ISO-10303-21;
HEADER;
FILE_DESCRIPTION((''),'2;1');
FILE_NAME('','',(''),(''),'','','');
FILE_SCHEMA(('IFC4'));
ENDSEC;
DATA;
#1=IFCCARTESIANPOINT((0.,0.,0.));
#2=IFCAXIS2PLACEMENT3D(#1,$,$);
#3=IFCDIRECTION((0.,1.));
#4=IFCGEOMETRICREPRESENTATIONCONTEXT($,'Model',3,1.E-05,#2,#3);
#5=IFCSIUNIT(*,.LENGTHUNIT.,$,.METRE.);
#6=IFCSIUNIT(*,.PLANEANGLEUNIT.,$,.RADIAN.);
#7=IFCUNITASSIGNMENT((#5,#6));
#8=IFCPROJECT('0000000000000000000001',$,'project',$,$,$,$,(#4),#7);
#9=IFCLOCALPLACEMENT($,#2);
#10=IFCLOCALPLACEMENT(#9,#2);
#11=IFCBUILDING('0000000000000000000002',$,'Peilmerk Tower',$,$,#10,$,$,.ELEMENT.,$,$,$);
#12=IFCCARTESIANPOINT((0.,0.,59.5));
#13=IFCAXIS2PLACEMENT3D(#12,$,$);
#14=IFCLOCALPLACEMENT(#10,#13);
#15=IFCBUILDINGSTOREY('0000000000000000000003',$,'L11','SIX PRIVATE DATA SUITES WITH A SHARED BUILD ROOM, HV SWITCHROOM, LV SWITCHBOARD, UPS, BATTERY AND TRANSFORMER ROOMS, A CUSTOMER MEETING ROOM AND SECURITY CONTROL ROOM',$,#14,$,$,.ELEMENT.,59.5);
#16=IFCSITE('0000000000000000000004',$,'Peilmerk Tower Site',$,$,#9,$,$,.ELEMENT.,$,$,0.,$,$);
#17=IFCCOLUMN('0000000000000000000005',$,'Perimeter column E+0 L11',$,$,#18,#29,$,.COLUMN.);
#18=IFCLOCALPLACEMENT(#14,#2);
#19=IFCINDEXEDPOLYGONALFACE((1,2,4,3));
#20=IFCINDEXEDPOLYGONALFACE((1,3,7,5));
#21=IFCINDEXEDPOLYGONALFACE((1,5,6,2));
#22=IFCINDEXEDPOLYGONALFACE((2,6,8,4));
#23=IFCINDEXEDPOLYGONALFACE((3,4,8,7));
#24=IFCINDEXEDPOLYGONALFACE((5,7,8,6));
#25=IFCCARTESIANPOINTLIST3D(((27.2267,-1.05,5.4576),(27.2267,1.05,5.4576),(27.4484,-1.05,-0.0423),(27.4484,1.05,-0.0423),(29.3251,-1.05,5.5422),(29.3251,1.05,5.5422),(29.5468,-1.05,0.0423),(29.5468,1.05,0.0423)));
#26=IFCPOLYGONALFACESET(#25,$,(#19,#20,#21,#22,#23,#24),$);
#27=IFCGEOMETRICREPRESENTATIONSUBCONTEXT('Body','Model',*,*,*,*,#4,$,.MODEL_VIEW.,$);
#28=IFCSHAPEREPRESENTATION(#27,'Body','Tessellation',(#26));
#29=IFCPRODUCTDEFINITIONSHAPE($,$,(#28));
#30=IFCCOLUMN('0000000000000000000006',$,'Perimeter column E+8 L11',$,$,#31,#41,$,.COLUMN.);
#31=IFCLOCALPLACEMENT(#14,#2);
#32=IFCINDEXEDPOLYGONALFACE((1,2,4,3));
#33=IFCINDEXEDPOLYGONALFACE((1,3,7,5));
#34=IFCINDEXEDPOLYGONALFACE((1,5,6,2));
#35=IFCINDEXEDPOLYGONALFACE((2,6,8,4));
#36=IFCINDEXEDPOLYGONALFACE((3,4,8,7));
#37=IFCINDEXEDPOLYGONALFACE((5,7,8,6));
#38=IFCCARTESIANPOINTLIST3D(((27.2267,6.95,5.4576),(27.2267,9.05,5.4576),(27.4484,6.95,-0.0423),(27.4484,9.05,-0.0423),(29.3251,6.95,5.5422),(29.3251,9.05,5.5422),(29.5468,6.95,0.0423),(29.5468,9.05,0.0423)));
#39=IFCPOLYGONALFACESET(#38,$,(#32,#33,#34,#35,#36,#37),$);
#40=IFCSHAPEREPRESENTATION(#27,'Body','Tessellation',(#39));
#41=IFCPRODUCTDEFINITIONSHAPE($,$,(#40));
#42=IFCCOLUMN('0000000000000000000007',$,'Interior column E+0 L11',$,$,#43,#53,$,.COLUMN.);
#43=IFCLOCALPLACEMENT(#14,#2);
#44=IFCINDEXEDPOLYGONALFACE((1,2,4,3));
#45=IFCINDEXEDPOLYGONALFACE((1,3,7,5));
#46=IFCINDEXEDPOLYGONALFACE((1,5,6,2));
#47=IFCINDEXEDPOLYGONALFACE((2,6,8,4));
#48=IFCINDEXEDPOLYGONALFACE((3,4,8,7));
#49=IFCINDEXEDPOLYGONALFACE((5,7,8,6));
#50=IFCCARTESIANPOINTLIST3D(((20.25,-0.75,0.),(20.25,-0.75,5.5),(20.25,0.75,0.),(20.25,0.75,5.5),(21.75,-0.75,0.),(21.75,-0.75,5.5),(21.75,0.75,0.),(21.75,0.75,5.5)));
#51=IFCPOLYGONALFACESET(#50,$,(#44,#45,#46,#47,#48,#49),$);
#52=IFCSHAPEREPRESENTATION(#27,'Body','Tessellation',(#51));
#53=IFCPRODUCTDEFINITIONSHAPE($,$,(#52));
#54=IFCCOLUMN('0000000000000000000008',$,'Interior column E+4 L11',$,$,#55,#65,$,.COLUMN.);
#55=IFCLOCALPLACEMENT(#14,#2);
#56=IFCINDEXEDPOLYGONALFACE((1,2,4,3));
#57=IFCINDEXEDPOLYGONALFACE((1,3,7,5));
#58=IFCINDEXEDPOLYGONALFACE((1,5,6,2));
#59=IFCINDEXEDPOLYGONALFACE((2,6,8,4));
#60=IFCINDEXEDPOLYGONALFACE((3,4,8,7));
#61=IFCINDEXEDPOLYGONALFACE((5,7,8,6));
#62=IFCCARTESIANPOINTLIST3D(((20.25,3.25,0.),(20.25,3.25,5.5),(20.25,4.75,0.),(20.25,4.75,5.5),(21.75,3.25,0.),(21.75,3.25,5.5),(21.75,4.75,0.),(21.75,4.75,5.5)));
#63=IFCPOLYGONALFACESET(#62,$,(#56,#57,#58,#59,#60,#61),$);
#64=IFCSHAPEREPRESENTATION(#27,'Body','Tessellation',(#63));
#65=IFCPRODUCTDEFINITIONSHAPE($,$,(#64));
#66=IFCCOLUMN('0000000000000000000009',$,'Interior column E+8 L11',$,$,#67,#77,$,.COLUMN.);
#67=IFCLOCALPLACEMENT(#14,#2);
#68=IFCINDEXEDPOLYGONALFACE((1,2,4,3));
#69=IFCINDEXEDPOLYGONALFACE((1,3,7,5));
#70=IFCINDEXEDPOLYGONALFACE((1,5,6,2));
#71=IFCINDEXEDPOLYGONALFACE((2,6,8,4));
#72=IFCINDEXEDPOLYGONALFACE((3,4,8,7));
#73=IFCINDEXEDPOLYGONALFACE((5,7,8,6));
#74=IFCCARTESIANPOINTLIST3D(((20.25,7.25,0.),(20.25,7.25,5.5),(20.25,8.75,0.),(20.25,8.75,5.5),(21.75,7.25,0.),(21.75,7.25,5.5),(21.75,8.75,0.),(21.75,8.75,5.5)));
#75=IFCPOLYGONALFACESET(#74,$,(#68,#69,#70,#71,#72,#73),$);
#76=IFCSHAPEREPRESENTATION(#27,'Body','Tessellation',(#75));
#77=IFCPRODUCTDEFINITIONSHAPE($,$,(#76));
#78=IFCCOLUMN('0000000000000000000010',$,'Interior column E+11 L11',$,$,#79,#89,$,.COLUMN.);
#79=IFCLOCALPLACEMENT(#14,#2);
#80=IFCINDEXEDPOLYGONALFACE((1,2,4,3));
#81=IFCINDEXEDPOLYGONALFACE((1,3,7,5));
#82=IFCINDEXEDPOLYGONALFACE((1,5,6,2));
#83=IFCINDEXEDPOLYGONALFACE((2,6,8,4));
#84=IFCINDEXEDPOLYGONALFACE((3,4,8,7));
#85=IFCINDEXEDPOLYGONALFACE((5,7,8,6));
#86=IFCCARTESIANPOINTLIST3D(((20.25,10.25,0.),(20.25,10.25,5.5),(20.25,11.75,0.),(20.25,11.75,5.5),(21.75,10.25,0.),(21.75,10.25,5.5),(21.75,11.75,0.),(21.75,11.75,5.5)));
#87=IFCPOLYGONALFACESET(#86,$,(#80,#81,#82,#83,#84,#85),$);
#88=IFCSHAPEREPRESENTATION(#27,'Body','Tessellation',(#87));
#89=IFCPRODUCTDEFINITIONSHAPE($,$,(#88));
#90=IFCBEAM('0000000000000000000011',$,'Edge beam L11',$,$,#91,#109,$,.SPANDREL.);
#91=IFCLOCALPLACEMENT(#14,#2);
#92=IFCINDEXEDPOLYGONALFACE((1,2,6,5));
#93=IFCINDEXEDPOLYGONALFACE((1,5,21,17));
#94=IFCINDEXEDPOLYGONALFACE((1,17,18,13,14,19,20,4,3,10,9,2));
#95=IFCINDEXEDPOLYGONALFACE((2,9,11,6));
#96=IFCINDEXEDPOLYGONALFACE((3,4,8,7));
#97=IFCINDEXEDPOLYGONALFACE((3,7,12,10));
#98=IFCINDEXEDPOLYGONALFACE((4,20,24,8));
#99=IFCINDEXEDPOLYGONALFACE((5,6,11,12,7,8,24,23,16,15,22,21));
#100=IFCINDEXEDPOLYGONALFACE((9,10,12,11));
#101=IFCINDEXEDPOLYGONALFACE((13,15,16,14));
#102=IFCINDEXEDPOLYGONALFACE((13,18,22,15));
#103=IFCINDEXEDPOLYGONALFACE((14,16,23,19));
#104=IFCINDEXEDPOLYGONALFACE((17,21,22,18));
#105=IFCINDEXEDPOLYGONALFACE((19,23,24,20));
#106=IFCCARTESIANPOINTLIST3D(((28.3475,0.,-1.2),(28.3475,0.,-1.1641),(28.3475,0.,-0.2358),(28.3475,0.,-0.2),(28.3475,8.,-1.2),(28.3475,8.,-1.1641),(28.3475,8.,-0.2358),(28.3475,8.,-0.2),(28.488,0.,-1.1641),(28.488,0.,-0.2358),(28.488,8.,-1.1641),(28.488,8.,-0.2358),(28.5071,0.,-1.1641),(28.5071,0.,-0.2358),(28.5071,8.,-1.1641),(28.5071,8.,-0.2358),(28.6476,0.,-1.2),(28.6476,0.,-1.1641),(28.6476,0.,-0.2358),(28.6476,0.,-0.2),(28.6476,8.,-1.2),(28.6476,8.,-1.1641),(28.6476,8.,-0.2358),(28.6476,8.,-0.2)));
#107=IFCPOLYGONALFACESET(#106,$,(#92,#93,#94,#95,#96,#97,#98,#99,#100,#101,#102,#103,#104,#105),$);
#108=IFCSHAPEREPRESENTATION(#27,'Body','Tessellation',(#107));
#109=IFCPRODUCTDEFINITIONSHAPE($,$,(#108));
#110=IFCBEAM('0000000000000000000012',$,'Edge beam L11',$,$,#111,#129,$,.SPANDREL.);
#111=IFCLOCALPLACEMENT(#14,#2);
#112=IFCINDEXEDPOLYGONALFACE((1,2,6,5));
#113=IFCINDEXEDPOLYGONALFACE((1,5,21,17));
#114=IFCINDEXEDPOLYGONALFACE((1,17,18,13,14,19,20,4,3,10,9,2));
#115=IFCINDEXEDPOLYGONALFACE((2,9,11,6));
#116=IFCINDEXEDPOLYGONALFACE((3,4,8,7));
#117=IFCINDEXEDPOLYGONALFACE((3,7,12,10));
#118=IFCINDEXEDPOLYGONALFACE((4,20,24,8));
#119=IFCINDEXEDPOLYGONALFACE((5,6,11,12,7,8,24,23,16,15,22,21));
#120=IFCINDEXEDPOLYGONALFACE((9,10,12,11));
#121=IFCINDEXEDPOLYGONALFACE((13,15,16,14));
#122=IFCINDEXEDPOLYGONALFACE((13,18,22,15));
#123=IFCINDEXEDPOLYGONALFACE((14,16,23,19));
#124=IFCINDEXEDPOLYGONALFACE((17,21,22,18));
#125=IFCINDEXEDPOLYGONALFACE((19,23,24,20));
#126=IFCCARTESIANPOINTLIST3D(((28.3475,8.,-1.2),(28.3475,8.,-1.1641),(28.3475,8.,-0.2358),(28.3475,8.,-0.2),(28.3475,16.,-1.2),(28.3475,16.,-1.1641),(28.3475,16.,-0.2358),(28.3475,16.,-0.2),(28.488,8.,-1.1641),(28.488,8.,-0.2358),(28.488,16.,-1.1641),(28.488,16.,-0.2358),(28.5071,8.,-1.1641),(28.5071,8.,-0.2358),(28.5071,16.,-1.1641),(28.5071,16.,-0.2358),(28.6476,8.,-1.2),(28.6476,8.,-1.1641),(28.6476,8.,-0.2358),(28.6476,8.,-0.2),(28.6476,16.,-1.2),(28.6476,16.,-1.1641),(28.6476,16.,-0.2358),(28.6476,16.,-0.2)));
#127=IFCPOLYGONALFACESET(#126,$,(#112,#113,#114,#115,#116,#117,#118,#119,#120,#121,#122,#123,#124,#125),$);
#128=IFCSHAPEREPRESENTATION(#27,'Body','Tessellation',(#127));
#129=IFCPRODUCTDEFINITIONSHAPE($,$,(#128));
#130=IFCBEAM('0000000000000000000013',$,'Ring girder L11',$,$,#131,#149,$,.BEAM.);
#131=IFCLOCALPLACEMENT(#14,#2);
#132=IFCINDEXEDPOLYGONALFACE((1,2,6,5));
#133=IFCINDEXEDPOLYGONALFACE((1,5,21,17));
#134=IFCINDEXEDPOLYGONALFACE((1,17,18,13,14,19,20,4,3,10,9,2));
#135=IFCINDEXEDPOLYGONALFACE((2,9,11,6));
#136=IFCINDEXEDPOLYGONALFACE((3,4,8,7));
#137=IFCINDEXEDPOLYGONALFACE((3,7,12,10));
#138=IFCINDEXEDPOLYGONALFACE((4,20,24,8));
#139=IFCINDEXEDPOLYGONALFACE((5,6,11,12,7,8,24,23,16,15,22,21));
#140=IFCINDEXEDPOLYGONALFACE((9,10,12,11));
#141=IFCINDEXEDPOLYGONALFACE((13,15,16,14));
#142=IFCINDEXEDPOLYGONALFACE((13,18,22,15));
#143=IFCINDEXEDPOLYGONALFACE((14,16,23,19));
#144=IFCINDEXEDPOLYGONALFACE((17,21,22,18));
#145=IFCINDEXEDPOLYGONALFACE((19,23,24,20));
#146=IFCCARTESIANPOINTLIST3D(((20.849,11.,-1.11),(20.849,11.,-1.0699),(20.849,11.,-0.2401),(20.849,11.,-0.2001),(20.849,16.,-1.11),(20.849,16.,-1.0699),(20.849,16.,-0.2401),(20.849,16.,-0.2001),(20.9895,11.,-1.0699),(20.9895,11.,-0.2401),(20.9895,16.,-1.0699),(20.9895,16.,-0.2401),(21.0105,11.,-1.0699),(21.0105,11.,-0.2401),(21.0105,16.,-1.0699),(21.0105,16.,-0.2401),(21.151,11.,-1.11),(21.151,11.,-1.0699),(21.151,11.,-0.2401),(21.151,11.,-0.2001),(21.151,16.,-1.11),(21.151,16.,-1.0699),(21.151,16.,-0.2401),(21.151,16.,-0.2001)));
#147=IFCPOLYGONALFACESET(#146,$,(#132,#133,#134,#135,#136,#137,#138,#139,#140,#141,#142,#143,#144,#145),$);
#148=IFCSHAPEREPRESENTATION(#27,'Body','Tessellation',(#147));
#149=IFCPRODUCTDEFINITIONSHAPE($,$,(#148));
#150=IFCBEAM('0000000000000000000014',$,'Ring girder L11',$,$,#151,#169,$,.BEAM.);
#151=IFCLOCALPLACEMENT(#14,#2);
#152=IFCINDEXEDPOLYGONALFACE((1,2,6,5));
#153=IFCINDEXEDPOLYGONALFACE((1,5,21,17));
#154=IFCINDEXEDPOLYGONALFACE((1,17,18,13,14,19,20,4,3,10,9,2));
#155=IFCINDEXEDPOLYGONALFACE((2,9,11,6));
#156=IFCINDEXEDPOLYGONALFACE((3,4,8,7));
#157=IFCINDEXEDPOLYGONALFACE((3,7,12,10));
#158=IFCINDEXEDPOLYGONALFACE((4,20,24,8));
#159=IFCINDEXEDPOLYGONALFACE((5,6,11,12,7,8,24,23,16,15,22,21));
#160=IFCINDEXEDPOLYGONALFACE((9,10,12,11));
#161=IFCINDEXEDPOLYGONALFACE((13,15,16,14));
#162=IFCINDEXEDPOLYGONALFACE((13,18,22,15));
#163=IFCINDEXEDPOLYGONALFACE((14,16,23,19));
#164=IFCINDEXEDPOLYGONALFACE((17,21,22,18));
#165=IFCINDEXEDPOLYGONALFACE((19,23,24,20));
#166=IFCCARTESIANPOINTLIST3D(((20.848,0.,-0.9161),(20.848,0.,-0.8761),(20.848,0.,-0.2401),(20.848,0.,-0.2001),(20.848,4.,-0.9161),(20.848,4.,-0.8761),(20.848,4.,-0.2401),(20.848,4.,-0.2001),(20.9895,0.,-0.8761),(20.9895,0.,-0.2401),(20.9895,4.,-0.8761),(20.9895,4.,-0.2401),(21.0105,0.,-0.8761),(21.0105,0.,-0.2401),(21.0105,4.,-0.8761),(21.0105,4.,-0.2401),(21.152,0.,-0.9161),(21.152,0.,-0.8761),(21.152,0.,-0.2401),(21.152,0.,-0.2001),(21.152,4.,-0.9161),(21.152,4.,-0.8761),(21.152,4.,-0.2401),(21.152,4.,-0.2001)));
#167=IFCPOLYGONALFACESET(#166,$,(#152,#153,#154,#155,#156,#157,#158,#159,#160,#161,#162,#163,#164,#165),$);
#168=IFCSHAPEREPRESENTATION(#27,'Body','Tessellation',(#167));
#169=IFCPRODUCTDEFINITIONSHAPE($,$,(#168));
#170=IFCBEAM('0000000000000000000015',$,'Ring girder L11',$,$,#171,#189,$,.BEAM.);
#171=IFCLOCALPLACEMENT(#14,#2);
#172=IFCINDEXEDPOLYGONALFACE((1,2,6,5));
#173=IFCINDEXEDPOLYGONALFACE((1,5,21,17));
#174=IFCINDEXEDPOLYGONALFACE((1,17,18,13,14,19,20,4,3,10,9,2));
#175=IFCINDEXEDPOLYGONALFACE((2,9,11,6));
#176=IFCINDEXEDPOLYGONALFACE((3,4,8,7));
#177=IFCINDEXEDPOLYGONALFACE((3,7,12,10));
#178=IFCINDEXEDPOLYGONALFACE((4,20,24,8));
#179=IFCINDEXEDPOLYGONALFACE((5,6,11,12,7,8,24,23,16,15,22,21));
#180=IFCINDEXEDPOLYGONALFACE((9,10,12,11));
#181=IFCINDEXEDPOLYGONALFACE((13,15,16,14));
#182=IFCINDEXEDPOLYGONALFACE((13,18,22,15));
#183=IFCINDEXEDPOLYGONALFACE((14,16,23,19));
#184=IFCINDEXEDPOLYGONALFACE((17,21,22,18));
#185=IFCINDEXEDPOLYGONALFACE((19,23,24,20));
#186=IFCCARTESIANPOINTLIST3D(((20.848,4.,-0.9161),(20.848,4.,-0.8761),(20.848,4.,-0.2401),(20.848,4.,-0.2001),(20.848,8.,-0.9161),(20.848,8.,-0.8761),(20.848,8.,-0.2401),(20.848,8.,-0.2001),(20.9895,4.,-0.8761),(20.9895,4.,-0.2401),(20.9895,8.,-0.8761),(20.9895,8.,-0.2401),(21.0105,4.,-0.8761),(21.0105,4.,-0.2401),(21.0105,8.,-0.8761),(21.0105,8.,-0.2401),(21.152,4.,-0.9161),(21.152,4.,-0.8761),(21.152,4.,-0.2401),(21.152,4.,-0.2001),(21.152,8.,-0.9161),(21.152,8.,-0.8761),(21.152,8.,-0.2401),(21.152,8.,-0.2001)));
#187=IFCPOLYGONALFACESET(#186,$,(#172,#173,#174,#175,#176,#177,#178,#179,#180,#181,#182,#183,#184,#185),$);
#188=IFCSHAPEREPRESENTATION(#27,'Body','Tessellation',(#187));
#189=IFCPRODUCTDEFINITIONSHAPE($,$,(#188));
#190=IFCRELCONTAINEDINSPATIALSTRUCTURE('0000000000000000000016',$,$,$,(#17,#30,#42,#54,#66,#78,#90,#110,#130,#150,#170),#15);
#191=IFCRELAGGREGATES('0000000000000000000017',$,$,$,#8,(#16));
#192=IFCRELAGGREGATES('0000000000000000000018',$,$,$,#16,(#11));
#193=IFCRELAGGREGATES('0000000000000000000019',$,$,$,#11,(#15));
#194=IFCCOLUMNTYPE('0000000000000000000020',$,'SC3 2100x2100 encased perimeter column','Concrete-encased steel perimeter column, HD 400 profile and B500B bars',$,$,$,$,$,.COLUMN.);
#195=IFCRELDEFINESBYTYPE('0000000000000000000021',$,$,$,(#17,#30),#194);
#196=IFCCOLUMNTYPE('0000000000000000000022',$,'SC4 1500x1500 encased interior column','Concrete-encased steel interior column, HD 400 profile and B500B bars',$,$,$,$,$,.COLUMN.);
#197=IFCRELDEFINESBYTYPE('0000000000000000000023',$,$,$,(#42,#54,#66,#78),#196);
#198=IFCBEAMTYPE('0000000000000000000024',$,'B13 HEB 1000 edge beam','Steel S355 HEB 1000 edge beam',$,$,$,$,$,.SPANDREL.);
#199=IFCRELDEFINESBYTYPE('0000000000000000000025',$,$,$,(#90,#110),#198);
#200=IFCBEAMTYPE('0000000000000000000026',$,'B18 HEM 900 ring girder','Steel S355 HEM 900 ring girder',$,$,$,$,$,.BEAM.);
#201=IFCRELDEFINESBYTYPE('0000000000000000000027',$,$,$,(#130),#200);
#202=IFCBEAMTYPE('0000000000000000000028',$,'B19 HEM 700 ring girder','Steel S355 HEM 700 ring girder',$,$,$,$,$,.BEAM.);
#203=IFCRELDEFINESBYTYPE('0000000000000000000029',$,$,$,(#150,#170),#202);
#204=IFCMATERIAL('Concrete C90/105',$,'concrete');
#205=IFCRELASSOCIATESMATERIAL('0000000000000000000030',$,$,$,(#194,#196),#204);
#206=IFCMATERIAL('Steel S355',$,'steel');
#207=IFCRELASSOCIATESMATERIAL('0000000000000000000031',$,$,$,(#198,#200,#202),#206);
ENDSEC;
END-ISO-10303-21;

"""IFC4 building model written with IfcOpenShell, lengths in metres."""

from ifc_helpers import new_model, si_unit, direction, frame, origin, origin_2d, place, context, subcontext, project, spatial, rectangle, i_section, extrude, material, material_profile, profile_set, type_object, element, save


model = new_model("IFC4")

# Units and contexts
model_context = context("Model", 3, precision=1e-05, world=origin(), true_north=direction((0.0, 1.0)))
body_context = subcontext(model_context, "Body", "Model", "MODEL_VIEW")
ifc_project = project(units=[si_unit("LENGTHUNIT", "METRE"), si_unit("PLANEANGLEUNIT", "RADIAN")], contexts=[model_context])

# Site, building, storey
site_placement = place(None, origin())
site = spatial("IfcSite", under=ifc_project, at=site_placement, Name="Peilmerk Tower Site", CompositionType="ELEMENT", RefElevation=0.0)
building_placement = place(site_placement, origin())
building = spatial("IfcBuilding", under=site, at=building_placement, Name="Peilmerk Tower", CompositionType="ELEMENT")
storey_placement = place(building_placement, frame((0.0, 0.0, 59.5)))
storey = spatial("IfcBuildingStorey", under=building, at=storey_placement, Name="L11", Description="SIX PRIVATE DATA SUITES WITH A SHARED BUILD ROOM, HV SWITCHROOM, LV SWITCHBOARD, UPS, BATTERY AND TRANSFORMER ROOMS, A CUSTOMER MEETING ROOM AND SECURITY CONTROL ROOM", CompositionType="ELEMENT", Elevation=59.5)

# Columns
ifc_material_1 = material(Name="Concrete C90/105", Category="concrete")
ifc_material_profile_1 = material_profile(ifc_material_1, rectangle(XDim=2.1001, YDim=2.1001, at=origin_2d()), Name="RC 2100x2100")
ifc_profile_set_1 = profile_set([ifc_material_profile_1], Name="Concrete C90/105")
column_type_1 = type_object("IfcColumnType", Name="SC3 2100x2100 encased perimeter column", Description="Concrete-encased steel perimeter column, HD 400 profile and B500B bars", PredefinedType="COLUMN", material=ifc_profile_set_1)
for number, where, z_axis, x_axis, name in (
    (1, (28.4976, 0.0, 0.0), (-0.040273, 0.0, 0.999189), (0.0, -1.0, 0.0), "Perimeter column E+0 L11"),
    (2, (28.4976, 8.0, 0.0), (-0.040273, 0.0, 0.999189), (0.0, -1.0, 0.0), "Perimeter column E+8 L11"),
):
    element("IfcColumn", number, at=place(storey_placement, frame(where, z_axis=z_axis, x_axis=x_axis)), inside=storey, type_object=column_type_1, Name=name, PredefinedType="COLUMN", context=body_context, shape_type="SweptSolid", body=[
        extrude(rectangle(XDim=2.1001, YDim=2.1001, at=origin_2d()), origin(), (0.0, 0.0, 1.0), 5.5044),
    ])
ifc_material_profile_2 = material_profile(ifc_material_1, rectangle(XDim=1.5, YDim=1.5, at=origin_2d()), Name="RC 1500x1500")
ifc_profile_set_2 = profile_set([ifc_material_profile_2], Name="Concrete C90/105")
column_type_2 = type_object("IfcColumnType", Name="SC4 1500x1500 encased interior column", Description="Concrete-encased steel interior column, HD 400 profile and B500B bars", PredefinedType="COLUMN", material=ifc_profile_set_2)
for number, where, z_axis, x_axis, name in (
    (3, (21.0, 0.0, 0.0), (0.0, 0.0, 1.0), (1.0, 0.0, 0.0), "Interior column E+0 L11"),
    (4, (21.0, 4.0, 0.0), (0.0, 0.0, 1.0), (1.0, 0.0, 0.0), "Interior column E+4 L11"),
    (5, (21.0, 8.0, 0.0), (0.0, 0.0, 1.0), (1.0, 0.0, 0.0), "Interior column E+8 L11"),
    (6, (21.0, 11.0, 0.0), (0.0, 0.0, 1.0), (1.0, 0.0, 0.0), "Interior column E+11 L11"),
):
    element("IfcColumn", number, at=place(storey_placement, frame(where, z_axis=z_axis, x_axis=x_axis)), inside=storey, type_object=column_type_2, Name=name, PredefinedType="COLUMN", context=body_context, shape_type="SweptSolid", body=[
        extrude(rectangle(XDim=1.5, YDim=1.5, at=origin_2d()), origin(), (0.0, 0.0, 1.0), 5.5),
    ])

# Beams
ifc_material_2 = material(Name="Steel S355", Category="steel")
ifc_material_profile_3 = material_profile(ifc_material_2, i_section(OverallWidth=0.3, OverallDepth=1.0, WebThickness=0.019, FlangeThickness=0.0359, at=origin_2d()), Name="HEB 1000")
ifc_profile_set_3 = profile_set([ifc_material_profile_3], Name="Steel S355")
beam_type_1 = type_object("IfcBeamType", Name="B13 HEB 1000 edge beam", Description="Steel S355 HEB 1000 edge beam", PredefinedType="SPANDREL", material=ifc_profile_set_3)
for number, where, z_axis, x_axis, name in (
    (7, (28.4976, 0.0, -0.7), (0.0, 1.0, 0.0), (-1.0, 0.0, 0.0), "Edge beam L11"),
    (8, (28.4976, 8.0, -0.7), (0.0, 1.0, 0.0), (-1.0, 0.0, 0.0), "Edge beam L11"),
):
    element("IfcBeam", number, at=place(storey_placement, frame(where, z_axis=z_axis, x_axis=x_axis)), inside=storey, type_object=beam_type_1, Name=name, PredefinedType="SPANDREL", context=body_context, shape_type="SweptSolid", body=[
        extrude(i_section(OverallWidth=0.3, OverallDepth=1.0, WebThickness=0.019, FlangeThickness=0.0359, at=origin_2d()), origin(), (0.0, 0.0, 1.0), 8.0),
    ])
ifc_material_profile_4 = material_profile(ifc_material_2, i_section(OverallWidth=0.302, OverallDepth=0.9099, WebThickness=0.021, FlangeThickness=0.04, at=origin_2d()), Name="HEM 900")
ifc_profile_set_4 = profile_set([ifc_material_profile_4], Name="Steel S355")
beam_type_2 = type_object("IfcBeamType", Name="B18 HEM 900 ring girder", Description="Steel S355 HEM 900 ring girder", PredefinedType="BEAM", material=ifc_profile_set_4)
beam_1_placement = place(storey_placement, frame((21.0, 11.0, -0.655), z_axis=(0.0, 1.0, 0.0), x_axis=(-1.0, 0.0, 0.0)))
element("IfcBeam", 9, at=beam_1_placement, inside=storey, type_object=beam_type_2, Name="Ring girder L11", PredefinedType="BEAM", context=body_context, shape_type="SweptSolid", body=[
    extrude(i_section(OverallWidth=0.302, OverallDepth=0.9099, WebThickness=0.021, FlangeThickness=0.04, at=origin_2d()), origin(), (0.0, 0.0, 1.0), 5.0),
])
ifc_material_profile_5 = material_profile(ifc_material_2, i_section(OverallWidth=0.304, OverallDepth=0.7161, WebThickness=0.021, FlangeThickness=0.04, at=origin_2d()), Name="HEM 700")
ifc_profile_set_5 = profile_set([ifc_material_profile_5], Name="Steel S355")
beam_type_3 = type_object("IfcBeamType", Name="B19 HEM 700 ring girder", Description="Steel S355 HEM 700 ring girder", PredefinedType="BEAM", material=ifc_profile_set_5)
for number, where, z_axis, x_axis, name in (
    (10, (21.0, 0.0, -0.5581), (0.0, 1.0, 0.0), (-1.0, 0.0, 0.0), "Ring girder L11"),
    (11, (21.0, 4.0, -0.5581), (0.0, 1.0, 0.0), (-1.0, 0.0, 0.0), "Ring girder L11"),
):
    element("IfcBeam", number, at=place(storey_placement, frame(where, z_axis=z_axis, x_axis=x_axis)), inside=storey, type_object=beam_type_3, Name=name, PredefinedType="BEAM", context=body_context, shape_type="SweptSolid", body=[
        extrude(i_section(OverallWidth=0.304, OverallDepth=0.7161, WebThickness=0.021, FlangeThickness=0.04, at=origin_2d()), origin(), (0.0, 0.0, 1.0), 4.0),
    ])

save(model, "model.ifc")
